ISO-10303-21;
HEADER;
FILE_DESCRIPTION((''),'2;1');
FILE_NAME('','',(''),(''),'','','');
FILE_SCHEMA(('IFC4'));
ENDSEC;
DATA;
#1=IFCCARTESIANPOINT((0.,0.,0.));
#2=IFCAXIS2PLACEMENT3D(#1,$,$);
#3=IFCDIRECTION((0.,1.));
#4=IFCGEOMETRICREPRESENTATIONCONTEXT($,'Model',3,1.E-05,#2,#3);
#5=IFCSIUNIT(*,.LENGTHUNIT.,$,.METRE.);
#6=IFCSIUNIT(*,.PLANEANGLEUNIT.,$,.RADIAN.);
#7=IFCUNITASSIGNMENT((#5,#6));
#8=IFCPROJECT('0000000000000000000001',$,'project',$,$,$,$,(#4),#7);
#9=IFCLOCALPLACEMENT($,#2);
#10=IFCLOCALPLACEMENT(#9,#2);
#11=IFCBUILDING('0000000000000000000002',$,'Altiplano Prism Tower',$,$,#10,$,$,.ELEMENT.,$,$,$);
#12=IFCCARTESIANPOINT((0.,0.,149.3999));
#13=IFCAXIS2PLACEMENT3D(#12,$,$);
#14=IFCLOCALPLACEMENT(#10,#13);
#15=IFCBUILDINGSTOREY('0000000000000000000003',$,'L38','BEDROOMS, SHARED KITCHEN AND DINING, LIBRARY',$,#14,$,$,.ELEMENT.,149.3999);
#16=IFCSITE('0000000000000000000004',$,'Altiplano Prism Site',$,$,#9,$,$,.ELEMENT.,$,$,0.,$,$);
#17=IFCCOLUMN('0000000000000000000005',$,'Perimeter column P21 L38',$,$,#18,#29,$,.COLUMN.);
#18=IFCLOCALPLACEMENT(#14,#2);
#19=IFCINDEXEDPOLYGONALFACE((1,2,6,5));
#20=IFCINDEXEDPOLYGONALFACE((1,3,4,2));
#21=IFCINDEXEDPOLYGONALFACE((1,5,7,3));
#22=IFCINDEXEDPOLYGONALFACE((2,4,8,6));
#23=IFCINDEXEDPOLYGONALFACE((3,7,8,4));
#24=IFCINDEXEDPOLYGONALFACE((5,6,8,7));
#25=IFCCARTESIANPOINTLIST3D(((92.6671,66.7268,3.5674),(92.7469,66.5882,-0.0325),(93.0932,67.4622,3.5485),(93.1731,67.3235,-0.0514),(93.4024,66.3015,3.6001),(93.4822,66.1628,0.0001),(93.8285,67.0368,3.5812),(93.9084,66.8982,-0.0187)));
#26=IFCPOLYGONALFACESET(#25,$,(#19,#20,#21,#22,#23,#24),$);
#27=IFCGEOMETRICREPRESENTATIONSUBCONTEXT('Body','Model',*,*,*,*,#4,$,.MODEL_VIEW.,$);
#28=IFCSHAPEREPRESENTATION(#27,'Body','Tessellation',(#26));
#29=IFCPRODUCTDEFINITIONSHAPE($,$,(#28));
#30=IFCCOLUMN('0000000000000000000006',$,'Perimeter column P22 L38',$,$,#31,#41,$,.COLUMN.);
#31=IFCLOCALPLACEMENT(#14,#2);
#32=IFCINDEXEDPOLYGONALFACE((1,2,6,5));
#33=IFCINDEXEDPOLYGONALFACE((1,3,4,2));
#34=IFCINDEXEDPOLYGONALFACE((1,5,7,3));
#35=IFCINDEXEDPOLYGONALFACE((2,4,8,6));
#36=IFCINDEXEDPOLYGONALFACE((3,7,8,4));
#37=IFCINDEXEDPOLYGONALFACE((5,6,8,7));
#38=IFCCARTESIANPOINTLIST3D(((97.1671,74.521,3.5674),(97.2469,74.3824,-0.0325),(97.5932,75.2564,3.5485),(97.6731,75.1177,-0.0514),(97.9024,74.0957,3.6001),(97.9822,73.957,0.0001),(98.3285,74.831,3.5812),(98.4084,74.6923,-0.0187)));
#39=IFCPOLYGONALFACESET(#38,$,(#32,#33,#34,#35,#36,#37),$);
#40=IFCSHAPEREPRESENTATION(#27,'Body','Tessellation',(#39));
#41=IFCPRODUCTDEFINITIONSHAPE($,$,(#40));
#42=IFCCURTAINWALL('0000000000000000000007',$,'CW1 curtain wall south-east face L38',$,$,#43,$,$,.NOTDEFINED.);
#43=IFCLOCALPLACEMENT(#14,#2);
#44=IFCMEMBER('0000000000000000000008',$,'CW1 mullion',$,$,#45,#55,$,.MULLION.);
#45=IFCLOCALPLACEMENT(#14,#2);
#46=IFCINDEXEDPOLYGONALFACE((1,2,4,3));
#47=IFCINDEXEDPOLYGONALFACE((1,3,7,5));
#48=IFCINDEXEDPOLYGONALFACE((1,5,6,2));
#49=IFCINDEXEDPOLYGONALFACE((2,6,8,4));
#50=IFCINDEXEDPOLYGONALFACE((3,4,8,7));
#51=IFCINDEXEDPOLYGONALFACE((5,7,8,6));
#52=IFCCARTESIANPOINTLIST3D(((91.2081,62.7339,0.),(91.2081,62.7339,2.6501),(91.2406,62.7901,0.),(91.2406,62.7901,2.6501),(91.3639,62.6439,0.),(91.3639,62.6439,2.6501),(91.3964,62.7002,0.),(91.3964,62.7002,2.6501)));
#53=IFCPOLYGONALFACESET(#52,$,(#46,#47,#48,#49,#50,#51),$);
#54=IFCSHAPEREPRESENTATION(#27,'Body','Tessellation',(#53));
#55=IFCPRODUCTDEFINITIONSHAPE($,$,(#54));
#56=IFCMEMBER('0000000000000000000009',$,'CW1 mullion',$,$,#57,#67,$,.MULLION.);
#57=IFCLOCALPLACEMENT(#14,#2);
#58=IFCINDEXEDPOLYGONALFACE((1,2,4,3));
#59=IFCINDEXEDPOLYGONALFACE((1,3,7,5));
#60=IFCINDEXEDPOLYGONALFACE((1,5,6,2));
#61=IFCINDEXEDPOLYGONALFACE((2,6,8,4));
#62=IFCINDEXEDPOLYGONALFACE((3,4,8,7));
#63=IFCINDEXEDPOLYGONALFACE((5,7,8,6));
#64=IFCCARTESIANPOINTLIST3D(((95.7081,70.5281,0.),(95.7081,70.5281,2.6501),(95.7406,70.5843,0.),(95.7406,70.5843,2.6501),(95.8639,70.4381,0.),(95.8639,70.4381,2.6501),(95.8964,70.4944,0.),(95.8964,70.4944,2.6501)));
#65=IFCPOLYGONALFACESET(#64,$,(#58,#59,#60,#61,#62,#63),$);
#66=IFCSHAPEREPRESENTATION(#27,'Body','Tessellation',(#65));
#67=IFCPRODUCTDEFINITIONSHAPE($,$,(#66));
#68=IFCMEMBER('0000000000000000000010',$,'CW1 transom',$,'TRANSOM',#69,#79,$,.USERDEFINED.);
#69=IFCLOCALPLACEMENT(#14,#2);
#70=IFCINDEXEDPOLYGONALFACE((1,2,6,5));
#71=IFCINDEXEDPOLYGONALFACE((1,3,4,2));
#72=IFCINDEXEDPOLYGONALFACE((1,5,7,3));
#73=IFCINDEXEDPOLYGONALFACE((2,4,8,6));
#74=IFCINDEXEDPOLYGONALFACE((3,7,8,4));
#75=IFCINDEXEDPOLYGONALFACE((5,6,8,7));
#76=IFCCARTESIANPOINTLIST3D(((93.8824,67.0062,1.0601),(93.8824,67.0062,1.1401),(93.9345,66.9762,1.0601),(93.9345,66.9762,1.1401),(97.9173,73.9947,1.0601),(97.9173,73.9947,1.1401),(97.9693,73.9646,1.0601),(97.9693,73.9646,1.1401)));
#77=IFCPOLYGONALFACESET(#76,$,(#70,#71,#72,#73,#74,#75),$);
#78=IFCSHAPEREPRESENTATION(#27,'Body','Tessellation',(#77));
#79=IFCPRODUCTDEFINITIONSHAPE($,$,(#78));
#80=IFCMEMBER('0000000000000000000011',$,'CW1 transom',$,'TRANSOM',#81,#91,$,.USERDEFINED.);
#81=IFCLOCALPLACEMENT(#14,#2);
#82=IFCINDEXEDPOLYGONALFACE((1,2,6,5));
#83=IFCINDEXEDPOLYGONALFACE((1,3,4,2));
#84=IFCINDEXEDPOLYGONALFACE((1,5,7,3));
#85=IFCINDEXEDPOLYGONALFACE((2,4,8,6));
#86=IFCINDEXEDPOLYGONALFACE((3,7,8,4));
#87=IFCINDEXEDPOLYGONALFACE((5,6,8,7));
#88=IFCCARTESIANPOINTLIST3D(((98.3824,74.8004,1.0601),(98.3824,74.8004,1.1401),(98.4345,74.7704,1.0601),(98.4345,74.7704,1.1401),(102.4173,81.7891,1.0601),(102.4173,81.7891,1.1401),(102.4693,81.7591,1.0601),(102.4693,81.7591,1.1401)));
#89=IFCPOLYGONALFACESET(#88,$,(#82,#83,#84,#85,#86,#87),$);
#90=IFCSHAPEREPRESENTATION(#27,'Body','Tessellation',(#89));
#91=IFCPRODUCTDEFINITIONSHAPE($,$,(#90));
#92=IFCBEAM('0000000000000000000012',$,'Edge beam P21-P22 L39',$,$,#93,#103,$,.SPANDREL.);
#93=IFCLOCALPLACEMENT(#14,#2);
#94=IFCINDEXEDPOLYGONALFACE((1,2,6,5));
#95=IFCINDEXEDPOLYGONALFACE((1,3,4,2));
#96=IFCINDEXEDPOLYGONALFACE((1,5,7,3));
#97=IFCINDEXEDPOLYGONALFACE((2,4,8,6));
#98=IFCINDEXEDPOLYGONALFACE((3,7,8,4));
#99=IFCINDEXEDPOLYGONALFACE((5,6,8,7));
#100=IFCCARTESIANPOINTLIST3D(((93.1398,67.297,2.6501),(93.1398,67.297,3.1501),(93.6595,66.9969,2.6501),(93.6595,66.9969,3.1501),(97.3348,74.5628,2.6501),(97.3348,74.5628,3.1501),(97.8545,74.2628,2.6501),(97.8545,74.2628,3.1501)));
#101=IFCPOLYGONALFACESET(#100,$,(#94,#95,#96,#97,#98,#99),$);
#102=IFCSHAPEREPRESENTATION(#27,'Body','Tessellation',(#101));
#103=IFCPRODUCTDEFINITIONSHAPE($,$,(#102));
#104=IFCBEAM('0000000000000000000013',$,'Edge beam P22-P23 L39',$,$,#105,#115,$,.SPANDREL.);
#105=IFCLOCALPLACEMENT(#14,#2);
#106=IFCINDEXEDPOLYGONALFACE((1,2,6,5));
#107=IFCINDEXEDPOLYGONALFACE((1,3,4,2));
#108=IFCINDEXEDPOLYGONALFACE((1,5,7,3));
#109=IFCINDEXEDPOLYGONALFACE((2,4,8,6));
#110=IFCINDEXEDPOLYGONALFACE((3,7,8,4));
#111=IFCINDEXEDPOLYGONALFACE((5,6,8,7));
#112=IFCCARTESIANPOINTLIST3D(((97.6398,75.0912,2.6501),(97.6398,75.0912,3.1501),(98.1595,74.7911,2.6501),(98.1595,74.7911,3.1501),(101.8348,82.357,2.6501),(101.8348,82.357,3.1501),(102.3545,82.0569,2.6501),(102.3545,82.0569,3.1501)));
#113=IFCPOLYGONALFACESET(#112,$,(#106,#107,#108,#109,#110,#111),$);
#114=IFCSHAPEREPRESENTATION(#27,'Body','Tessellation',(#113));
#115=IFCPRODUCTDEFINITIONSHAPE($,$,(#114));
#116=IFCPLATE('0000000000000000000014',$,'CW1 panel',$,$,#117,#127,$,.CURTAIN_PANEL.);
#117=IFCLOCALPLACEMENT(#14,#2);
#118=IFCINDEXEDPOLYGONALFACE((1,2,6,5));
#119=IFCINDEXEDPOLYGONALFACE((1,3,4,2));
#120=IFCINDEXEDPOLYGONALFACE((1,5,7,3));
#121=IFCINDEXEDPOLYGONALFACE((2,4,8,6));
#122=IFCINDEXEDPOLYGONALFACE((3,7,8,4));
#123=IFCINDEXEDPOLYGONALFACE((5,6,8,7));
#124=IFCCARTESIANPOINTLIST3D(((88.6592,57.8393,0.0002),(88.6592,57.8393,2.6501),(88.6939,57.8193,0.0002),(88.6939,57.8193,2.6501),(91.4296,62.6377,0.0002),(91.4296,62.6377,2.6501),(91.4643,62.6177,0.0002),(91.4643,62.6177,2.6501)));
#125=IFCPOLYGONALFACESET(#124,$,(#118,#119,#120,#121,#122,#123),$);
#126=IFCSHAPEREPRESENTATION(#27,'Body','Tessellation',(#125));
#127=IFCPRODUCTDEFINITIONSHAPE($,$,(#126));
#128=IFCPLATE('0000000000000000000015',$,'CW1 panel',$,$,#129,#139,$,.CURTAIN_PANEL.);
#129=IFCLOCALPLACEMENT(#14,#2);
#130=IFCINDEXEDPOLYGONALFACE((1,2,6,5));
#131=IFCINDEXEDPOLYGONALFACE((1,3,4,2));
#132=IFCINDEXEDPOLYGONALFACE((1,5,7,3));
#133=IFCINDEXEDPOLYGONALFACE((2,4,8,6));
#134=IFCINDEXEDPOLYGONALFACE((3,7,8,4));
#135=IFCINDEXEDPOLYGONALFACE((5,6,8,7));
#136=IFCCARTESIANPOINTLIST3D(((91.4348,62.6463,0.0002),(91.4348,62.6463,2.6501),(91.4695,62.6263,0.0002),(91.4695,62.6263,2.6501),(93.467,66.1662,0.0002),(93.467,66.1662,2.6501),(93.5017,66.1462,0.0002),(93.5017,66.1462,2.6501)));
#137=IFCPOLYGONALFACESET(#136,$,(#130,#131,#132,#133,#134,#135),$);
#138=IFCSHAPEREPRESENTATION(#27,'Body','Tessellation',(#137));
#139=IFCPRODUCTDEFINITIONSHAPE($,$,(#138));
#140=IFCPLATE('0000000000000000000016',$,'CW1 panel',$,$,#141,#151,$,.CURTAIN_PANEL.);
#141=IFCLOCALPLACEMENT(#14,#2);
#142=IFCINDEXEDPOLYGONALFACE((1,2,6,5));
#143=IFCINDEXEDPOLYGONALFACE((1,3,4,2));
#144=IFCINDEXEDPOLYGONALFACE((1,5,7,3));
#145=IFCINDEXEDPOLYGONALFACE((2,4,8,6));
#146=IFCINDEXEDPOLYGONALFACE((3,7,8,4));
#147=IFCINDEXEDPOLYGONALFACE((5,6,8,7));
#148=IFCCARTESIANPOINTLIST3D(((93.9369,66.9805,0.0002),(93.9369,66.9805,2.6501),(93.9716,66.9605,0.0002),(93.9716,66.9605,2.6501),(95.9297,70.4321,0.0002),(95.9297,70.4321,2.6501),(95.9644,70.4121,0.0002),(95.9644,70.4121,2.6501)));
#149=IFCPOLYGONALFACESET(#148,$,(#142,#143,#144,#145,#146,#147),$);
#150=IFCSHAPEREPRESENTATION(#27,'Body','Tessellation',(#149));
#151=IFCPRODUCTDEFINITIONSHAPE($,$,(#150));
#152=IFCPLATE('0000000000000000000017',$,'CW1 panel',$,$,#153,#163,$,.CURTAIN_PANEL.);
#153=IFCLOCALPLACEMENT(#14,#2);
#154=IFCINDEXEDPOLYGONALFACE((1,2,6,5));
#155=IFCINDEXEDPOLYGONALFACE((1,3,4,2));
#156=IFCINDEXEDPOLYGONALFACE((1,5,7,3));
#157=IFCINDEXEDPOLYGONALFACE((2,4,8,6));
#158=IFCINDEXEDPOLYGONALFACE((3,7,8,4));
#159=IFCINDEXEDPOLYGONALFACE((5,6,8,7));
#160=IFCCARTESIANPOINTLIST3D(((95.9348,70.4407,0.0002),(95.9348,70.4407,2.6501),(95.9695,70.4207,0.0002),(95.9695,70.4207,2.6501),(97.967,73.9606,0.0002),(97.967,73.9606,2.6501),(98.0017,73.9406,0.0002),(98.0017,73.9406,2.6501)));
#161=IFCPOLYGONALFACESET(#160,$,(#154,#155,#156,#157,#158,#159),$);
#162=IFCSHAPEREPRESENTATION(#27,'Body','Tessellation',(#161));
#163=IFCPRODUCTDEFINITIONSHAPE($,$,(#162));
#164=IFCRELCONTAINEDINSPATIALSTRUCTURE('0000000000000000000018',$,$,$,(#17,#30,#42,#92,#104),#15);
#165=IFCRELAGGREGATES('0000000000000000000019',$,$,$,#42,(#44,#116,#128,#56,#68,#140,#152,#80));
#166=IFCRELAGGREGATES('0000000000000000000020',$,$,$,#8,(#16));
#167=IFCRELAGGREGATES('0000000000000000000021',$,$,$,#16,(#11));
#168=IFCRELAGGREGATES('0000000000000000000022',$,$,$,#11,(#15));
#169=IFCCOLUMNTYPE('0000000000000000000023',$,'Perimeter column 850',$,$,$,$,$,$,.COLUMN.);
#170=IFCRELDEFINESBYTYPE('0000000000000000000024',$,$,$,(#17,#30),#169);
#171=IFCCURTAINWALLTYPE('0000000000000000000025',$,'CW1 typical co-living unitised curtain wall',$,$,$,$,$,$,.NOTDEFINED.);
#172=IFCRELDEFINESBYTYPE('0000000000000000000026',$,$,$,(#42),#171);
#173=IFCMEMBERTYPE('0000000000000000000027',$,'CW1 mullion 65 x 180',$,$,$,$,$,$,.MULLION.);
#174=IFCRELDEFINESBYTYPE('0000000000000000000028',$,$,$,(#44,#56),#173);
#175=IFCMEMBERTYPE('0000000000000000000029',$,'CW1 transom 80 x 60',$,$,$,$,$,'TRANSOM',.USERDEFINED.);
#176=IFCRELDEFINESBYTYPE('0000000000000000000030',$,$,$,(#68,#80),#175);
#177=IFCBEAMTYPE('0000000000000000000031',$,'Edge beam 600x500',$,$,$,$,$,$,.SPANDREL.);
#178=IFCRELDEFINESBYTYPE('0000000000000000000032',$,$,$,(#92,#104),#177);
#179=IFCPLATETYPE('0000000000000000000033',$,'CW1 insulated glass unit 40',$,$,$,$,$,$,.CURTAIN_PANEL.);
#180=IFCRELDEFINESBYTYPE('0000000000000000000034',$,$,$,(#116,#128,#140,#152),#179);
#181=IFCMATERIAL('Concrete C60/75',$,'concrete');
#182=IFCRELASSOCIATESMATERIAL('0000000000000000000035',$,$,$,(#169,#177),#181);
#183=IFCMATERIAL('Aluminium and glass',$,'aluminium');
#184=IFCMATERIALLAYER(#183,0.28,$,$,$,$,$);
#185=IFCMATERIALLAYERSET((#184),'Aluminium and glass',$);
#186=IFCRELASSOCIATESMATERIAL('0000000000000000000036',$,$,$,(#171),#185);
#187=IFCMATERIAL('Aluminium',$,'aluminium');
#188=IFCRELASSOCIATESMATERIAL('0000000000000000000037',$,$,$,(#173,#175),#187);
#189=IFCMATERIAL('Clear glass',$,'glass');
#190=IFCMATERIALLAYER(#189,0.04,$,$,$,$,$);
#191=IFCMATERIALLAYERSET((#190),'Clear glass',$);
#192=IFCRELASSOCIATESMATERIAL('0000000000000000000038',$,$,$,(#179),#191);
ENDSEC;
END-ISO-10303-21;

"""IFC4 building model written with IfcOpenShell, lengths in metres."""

from ifc_helpers import new_model, si_unit, direction, frame, origin, origin_2d, place, context, subcontext, project, spatial, rectangle, extrude, material, layer, layer_set, material_profile, profile_set, type_object, element, aggregate, save


model = new_model("IFC4")

# Units and contexts
model_context = context("Model", 3, precision=1e-05, world=origin(), true_north=direction((0.0, 1.0)))
body_context = subcontext(model_context, "Body", "Model", "MODEL_VIEW")
ifc_project = project(units=[si_unit("LENGTHUNIT", "METRE"), si_unit("PLANEANGLEUNIT", "RADIAN")], contexts=[model_context])

# Site, building, storey
site_placement = place(None, origin())
site = spatial("IfcSite", under=ifc_project, at=site_placement, Name="Altiplano Prism Site", CompositionType="ELEMENT", RefElevation=0.0)
building_placement = place(site_placement, origin())
building = spatial("IfcBuilding", under=site, at=building_placement, Name="Altiplano Prism Tower", CompositionType="ELEMENT")
storey_placement = place(building_placement, frame((0.0, 0.0, 149.3999)))
storey = spatial("IfcBuildingStorey", under=building, at=storey_placement, Name="L38", Description="BEDROOMS, SHARED KITCHEN AND DINING, LIBRARY", CompositionType="ELEMENT", Elevation=149.3999)

# Columns
ifc_material_1 = material(Name="Concrete C60/75", Category="concrete")
ifc_material_profile_1 = material_profile(ifc_material_1, rectangle(XDim=0.8501, YDim=0.8501, at=origin_2d()), Name="Perimeter column 850")
ifc_profile_set_1 = profile_set([ifc_material_profile_1], Name="Concrete C60/75")
column_type = type_object("IfcColumnType", Name="Perimeter column 850", PredefinedType="COLUMN", material=ifc_profile_set_1)
for number, where, z_axis, x_axis, name in (
    (1, (93.3276, 66.7432, -0.0256), (-0.022155, 0.038484, 0.999014), (-0.501315, -0.86498, 0.022203), "Perimeter column P21 L38"),
    (2, (97.8276, 74.5374, -0.0256), (-0.022155, 0.038484, 0.999014), (-0.501318, -0.864978, 0.022203), "Perimeter column P22 L38"),
):
    element("IfcColumn", number, at=place(storey_placement, frame(where, z_axis=z_axis, x_axis=x_axis)), inside=storey, type_object=column_type, Name=name, PredefinedType="COLUMN", context=body_context, shape_type="SweptSolid", body=[
        extrude(rectangle(XDim=0.8501, YDim=0.8501, at=origin_2d()), origin(), (0.0, 0.0, 1.0), 3.6035),
    ])

# Curtain wall, members
ifc_material_2 = material(Name="Aluminium and glass", Category="aluminium")
ifc_layer_1 = layer(ifc_material_2, 0.28)
ifc_layer_set_1 = layer_set([ifc_layer_1], Name="Aluminium and glass")
curtain_wall_type = type_object("IfcCurtainWallType", Name="CW1 typical co-living unitised curtain wall", PredefinedType="NOTDEFINED", material=ifc_layer_set_1)
curtain_wall_placement = place(storey_placement, origin())
curtain_wall = element("IfcCurtainWall", 3, at=curtain_wall_placement, inside=storey, type_object=curtain_wall_type, Name="CW1 curtain wall south-east face L38", PredefinedType="NOTDEFINED")
ifc_material_3 = material(Name="Aluminium", Category="aluminium")
ifc_material_profile_2 = material_profile(ifc_material_3, rectangle(XDim=0.1799, YDim=0.0649, at=origin_2d()), Name="CW1 mullion 65 x 180")
ifc_profile_set_2 = profile_set([ifc_material_profile_2], Name="Aluminium")
member_type_1 = type_object("IfcMemberType", Name="CW1 mullion 65 x 180", PredefinedType="MULLION", material=ifc_profile_set_2)
member_1_placement = place(storey_placement, frame((91.3022, 62.717, 0.0), z_axis=(0.0, 0.0, 1.0), x_axis=(-0.866025, 0.5, 0.0)))
member_1 = element("IfcMember", 4, at=member_1_placement, type_object=member_type_1, Name="CW1 mullion", PredefinedType="MULLION", context=body_context, shape_type="SweptSolid", body=[
    extrude(rectangle(XDim=0.1799, YDim=0.0649, at=origin_2d()), origin(), (0.0, 0.0, 1.0), 2.6501),
])
member_2_placement = place(storey_placement, frame((95.8022, 70.5112, 0.0), z_axis=(0.0, 0.0, 1.0), x_axis=(-0.866025, 0.5, 0.0)))
member_2 = element("IfcMember", 5, at=member_2_placement, type_object=member_type_1, Name="CW1 mullion", PredefinedType="MULLION", context=body_context, shape_type="SweptSolid", body=[
    extrude(rectangle(XDim=0.1799, YDim=0.0649, at=origin_2d()), origin(), (0.0, 0.0, 1.0), 2.6501),
])
ifc_material_profile_3 = material_profile(ifc_material_3, rectangle(XDim=0.0601, YDim=0.0801, at=origin_2d()), Name="CW1 transom 80 x 60")
ifc_profile_set_3 = profile_set([ifc_material_profile_3], Name="Aluminium")
member_type_2 = type_object("IfcMemberType", Name="CW1 transom 80 x 60", ElementType="TRANSOM", PredefinedType="USERDEFINED", material=ifc_profile_set_3)
member_3_placement = place(storey_placement, frame((93.9084, 66.9912, 1.1001), z_axis=(0.500008, 0.866021, 0.0), x_axis=(-0.866021, 0.500008, 0.0)))
member_3 = element("IfcMember", 6, at=member_3_placement, type_object=member_type_2, Name="CW1 transom", ObjectType="TRANSOM", PredefinedType="USERDEFINED", context=body_context, shape_type="SweptSolid", body=[
    extrude(rectangle(XDim=0.0601, YDim=0.0801, at=origin_2d()), origin(), (0.0, 0.0, 1.0), 8.0696),
])
member_4_placement = place(storey_placement, frame((98.4084, 74.7854, 1.1001), z_axis=(0.499995, 0.866028, 0.0), x_axis=(-0.866028, 0.499995, 0.0)))
member_4 = element("IfcMember", 7, at=member_4_placement, type_object=member_type_2, Name="CW1 transom", ObjectType="TRANSOM", PredefinedType="USERDEFINED", context=body_context, shape_type="SweptSolid", body=[
    extrude(rectangle(XDim=0.0601, YDim=0.0801, at=origin_2d()), origin(), (0.0, 0.0, 1.0), 8.0698),
])

# Beams
ifc_material_profile_4 = material_profile(ifc_material_1, rectangle(XDim=0.6001, YDim=0.5, at=origin_2d()), Name="Edge beam 600x500")
ifc_profile_set_4 = profile_set([ifc_material_profile_4], Name="Concrete C60/75")
beam_type = type_object("IfcBeamType", Name="Edge beam 600x500", PredefinedType="SPANDREL", material=ifc_profile_set_4)
for number, where, z_axis, x_axis, name in (
    (8, (93.3997, 67.147, 2.9001), (0.50001, 0.866019, 0.0), (-0.866019, 0.50001, 0.0), "Edge beam P21-P22 L39"),
    (9, (97.8997, 74.9412, 2.9001), (0.50001, 0.866019, 0.0), (-0.866019, 0.50001, 0.0), "Edge beam P22-P23 L39"),
):
    element("IfcBeam", number, at=place(storey_placement, frame(where, z_axis=z_axis, x_axis=x_axis)), inside=storey, type_object=beam_type, Name=name, PredefinedType="SPANDREL", context=body_context, shape_type="SweptSolid", body=[
        extrude(rectangle(XDim=0.6001, YDim=0.5, at=origin_2d()), origin(), (0.0, 0.0, 1.0), 8.3899),
    ])

# Plates
ifc_material_4 = material(Name="Clear glass", Category="glass")
ifc_layer_2 = layer(ifc_material_4, 0.04)
ifc_layer_set_2 = layer_set([ifc_layer_2], Name="Clear glass")
plate_type = type_object("IfcPlateType", Name="CW1 insulated glass unit 40", PredefinedType="CURTAIN_PANEL", material=ifc_layer_set_2)
plate_1_placement = place(storey_placement, frame((90.0618, 60.2285, 0.0002), z_axis=(0.0, 0.0, 1.0), x_axis=(0.5, 0.866025, 0.0)))
plate_1 = element("IfcPlate", 10, at=plate_1_placement, type_object=plate_type, Name="CW1 panel", PredefinedType="CURTAIN_PANEL", context=body_context, shape_type="SweptSolid", body=[
    extrude(rectangle(XDim=5.5408, YDim=0.04, at=origin_2d()), origin(), (0.0, 0.0, 1.0), 2.6499),
])
plate_2_placement = place(storey_placement, frame((92.4683, 64.3962, 0.0002), z_axis=(0.0, 0.0, 1.0), x_axis=(0.5, 0.866025, 0.0)))
plate_2 = element("IfcPlate", 11, at=plate_2_placement, type_object=plate_type, Name="CW1 panel", PredefinedType="CURTAIN_PANEL", context=body_context, shape_type="SweptSolid", body=[
    extrude(rectangle(XDim=4.0645, YDim=0.04, at=origin_2d()), origin(), (0.0, 0.0, 1.0), 2.6499),
])
plate_3_placement = place(storey_placement, frame((94.9507, 68.6963, 0.0002), z_axis=(0.0, 0.0, 1.0), x_axis=(0.5, 0.866025, 0.0)))
plate_3 = element("IfcPlate", 12, at=plate_3_placement, type_object=plate_type, Name="CW1 panel", PredefinedType="CURTAIN_PANEL", context=body_context, shape_type="SweptSolid", body=[
    extrude(rectangle(XDim=3.9856, YDim=0.04, at=origin_2d()), origin(), (0.0, 0.0, 1.0), 2.6499),
])
plate_4_placement = place(storey_placement, frame((96.9683, 72.1907, 0.0002), z_axis=(0.0, 0.0, 1.0), x_axis=(0.5, 0.866025, 0.0)))
plate_4 = element("IfcPlate", 13, at=plate_4_placement, type_object=plate_type, Name="CW1 panel", PredefinedType="CURTAIN_PANEL", context=body_context, shape_type="SweptSolid", body=[
    extrude(rectangle(XDim=4.0645, YDim=0.04, at=origin_2d()), origin(), (0.0, 0.0, 1.0), 2.6499),
])
aggregate(curtain_wall, [member_1, plate_1, plate_2, member_2, member_3, plate_3, plate_4, member_4])

save(model, "model.ifc")
